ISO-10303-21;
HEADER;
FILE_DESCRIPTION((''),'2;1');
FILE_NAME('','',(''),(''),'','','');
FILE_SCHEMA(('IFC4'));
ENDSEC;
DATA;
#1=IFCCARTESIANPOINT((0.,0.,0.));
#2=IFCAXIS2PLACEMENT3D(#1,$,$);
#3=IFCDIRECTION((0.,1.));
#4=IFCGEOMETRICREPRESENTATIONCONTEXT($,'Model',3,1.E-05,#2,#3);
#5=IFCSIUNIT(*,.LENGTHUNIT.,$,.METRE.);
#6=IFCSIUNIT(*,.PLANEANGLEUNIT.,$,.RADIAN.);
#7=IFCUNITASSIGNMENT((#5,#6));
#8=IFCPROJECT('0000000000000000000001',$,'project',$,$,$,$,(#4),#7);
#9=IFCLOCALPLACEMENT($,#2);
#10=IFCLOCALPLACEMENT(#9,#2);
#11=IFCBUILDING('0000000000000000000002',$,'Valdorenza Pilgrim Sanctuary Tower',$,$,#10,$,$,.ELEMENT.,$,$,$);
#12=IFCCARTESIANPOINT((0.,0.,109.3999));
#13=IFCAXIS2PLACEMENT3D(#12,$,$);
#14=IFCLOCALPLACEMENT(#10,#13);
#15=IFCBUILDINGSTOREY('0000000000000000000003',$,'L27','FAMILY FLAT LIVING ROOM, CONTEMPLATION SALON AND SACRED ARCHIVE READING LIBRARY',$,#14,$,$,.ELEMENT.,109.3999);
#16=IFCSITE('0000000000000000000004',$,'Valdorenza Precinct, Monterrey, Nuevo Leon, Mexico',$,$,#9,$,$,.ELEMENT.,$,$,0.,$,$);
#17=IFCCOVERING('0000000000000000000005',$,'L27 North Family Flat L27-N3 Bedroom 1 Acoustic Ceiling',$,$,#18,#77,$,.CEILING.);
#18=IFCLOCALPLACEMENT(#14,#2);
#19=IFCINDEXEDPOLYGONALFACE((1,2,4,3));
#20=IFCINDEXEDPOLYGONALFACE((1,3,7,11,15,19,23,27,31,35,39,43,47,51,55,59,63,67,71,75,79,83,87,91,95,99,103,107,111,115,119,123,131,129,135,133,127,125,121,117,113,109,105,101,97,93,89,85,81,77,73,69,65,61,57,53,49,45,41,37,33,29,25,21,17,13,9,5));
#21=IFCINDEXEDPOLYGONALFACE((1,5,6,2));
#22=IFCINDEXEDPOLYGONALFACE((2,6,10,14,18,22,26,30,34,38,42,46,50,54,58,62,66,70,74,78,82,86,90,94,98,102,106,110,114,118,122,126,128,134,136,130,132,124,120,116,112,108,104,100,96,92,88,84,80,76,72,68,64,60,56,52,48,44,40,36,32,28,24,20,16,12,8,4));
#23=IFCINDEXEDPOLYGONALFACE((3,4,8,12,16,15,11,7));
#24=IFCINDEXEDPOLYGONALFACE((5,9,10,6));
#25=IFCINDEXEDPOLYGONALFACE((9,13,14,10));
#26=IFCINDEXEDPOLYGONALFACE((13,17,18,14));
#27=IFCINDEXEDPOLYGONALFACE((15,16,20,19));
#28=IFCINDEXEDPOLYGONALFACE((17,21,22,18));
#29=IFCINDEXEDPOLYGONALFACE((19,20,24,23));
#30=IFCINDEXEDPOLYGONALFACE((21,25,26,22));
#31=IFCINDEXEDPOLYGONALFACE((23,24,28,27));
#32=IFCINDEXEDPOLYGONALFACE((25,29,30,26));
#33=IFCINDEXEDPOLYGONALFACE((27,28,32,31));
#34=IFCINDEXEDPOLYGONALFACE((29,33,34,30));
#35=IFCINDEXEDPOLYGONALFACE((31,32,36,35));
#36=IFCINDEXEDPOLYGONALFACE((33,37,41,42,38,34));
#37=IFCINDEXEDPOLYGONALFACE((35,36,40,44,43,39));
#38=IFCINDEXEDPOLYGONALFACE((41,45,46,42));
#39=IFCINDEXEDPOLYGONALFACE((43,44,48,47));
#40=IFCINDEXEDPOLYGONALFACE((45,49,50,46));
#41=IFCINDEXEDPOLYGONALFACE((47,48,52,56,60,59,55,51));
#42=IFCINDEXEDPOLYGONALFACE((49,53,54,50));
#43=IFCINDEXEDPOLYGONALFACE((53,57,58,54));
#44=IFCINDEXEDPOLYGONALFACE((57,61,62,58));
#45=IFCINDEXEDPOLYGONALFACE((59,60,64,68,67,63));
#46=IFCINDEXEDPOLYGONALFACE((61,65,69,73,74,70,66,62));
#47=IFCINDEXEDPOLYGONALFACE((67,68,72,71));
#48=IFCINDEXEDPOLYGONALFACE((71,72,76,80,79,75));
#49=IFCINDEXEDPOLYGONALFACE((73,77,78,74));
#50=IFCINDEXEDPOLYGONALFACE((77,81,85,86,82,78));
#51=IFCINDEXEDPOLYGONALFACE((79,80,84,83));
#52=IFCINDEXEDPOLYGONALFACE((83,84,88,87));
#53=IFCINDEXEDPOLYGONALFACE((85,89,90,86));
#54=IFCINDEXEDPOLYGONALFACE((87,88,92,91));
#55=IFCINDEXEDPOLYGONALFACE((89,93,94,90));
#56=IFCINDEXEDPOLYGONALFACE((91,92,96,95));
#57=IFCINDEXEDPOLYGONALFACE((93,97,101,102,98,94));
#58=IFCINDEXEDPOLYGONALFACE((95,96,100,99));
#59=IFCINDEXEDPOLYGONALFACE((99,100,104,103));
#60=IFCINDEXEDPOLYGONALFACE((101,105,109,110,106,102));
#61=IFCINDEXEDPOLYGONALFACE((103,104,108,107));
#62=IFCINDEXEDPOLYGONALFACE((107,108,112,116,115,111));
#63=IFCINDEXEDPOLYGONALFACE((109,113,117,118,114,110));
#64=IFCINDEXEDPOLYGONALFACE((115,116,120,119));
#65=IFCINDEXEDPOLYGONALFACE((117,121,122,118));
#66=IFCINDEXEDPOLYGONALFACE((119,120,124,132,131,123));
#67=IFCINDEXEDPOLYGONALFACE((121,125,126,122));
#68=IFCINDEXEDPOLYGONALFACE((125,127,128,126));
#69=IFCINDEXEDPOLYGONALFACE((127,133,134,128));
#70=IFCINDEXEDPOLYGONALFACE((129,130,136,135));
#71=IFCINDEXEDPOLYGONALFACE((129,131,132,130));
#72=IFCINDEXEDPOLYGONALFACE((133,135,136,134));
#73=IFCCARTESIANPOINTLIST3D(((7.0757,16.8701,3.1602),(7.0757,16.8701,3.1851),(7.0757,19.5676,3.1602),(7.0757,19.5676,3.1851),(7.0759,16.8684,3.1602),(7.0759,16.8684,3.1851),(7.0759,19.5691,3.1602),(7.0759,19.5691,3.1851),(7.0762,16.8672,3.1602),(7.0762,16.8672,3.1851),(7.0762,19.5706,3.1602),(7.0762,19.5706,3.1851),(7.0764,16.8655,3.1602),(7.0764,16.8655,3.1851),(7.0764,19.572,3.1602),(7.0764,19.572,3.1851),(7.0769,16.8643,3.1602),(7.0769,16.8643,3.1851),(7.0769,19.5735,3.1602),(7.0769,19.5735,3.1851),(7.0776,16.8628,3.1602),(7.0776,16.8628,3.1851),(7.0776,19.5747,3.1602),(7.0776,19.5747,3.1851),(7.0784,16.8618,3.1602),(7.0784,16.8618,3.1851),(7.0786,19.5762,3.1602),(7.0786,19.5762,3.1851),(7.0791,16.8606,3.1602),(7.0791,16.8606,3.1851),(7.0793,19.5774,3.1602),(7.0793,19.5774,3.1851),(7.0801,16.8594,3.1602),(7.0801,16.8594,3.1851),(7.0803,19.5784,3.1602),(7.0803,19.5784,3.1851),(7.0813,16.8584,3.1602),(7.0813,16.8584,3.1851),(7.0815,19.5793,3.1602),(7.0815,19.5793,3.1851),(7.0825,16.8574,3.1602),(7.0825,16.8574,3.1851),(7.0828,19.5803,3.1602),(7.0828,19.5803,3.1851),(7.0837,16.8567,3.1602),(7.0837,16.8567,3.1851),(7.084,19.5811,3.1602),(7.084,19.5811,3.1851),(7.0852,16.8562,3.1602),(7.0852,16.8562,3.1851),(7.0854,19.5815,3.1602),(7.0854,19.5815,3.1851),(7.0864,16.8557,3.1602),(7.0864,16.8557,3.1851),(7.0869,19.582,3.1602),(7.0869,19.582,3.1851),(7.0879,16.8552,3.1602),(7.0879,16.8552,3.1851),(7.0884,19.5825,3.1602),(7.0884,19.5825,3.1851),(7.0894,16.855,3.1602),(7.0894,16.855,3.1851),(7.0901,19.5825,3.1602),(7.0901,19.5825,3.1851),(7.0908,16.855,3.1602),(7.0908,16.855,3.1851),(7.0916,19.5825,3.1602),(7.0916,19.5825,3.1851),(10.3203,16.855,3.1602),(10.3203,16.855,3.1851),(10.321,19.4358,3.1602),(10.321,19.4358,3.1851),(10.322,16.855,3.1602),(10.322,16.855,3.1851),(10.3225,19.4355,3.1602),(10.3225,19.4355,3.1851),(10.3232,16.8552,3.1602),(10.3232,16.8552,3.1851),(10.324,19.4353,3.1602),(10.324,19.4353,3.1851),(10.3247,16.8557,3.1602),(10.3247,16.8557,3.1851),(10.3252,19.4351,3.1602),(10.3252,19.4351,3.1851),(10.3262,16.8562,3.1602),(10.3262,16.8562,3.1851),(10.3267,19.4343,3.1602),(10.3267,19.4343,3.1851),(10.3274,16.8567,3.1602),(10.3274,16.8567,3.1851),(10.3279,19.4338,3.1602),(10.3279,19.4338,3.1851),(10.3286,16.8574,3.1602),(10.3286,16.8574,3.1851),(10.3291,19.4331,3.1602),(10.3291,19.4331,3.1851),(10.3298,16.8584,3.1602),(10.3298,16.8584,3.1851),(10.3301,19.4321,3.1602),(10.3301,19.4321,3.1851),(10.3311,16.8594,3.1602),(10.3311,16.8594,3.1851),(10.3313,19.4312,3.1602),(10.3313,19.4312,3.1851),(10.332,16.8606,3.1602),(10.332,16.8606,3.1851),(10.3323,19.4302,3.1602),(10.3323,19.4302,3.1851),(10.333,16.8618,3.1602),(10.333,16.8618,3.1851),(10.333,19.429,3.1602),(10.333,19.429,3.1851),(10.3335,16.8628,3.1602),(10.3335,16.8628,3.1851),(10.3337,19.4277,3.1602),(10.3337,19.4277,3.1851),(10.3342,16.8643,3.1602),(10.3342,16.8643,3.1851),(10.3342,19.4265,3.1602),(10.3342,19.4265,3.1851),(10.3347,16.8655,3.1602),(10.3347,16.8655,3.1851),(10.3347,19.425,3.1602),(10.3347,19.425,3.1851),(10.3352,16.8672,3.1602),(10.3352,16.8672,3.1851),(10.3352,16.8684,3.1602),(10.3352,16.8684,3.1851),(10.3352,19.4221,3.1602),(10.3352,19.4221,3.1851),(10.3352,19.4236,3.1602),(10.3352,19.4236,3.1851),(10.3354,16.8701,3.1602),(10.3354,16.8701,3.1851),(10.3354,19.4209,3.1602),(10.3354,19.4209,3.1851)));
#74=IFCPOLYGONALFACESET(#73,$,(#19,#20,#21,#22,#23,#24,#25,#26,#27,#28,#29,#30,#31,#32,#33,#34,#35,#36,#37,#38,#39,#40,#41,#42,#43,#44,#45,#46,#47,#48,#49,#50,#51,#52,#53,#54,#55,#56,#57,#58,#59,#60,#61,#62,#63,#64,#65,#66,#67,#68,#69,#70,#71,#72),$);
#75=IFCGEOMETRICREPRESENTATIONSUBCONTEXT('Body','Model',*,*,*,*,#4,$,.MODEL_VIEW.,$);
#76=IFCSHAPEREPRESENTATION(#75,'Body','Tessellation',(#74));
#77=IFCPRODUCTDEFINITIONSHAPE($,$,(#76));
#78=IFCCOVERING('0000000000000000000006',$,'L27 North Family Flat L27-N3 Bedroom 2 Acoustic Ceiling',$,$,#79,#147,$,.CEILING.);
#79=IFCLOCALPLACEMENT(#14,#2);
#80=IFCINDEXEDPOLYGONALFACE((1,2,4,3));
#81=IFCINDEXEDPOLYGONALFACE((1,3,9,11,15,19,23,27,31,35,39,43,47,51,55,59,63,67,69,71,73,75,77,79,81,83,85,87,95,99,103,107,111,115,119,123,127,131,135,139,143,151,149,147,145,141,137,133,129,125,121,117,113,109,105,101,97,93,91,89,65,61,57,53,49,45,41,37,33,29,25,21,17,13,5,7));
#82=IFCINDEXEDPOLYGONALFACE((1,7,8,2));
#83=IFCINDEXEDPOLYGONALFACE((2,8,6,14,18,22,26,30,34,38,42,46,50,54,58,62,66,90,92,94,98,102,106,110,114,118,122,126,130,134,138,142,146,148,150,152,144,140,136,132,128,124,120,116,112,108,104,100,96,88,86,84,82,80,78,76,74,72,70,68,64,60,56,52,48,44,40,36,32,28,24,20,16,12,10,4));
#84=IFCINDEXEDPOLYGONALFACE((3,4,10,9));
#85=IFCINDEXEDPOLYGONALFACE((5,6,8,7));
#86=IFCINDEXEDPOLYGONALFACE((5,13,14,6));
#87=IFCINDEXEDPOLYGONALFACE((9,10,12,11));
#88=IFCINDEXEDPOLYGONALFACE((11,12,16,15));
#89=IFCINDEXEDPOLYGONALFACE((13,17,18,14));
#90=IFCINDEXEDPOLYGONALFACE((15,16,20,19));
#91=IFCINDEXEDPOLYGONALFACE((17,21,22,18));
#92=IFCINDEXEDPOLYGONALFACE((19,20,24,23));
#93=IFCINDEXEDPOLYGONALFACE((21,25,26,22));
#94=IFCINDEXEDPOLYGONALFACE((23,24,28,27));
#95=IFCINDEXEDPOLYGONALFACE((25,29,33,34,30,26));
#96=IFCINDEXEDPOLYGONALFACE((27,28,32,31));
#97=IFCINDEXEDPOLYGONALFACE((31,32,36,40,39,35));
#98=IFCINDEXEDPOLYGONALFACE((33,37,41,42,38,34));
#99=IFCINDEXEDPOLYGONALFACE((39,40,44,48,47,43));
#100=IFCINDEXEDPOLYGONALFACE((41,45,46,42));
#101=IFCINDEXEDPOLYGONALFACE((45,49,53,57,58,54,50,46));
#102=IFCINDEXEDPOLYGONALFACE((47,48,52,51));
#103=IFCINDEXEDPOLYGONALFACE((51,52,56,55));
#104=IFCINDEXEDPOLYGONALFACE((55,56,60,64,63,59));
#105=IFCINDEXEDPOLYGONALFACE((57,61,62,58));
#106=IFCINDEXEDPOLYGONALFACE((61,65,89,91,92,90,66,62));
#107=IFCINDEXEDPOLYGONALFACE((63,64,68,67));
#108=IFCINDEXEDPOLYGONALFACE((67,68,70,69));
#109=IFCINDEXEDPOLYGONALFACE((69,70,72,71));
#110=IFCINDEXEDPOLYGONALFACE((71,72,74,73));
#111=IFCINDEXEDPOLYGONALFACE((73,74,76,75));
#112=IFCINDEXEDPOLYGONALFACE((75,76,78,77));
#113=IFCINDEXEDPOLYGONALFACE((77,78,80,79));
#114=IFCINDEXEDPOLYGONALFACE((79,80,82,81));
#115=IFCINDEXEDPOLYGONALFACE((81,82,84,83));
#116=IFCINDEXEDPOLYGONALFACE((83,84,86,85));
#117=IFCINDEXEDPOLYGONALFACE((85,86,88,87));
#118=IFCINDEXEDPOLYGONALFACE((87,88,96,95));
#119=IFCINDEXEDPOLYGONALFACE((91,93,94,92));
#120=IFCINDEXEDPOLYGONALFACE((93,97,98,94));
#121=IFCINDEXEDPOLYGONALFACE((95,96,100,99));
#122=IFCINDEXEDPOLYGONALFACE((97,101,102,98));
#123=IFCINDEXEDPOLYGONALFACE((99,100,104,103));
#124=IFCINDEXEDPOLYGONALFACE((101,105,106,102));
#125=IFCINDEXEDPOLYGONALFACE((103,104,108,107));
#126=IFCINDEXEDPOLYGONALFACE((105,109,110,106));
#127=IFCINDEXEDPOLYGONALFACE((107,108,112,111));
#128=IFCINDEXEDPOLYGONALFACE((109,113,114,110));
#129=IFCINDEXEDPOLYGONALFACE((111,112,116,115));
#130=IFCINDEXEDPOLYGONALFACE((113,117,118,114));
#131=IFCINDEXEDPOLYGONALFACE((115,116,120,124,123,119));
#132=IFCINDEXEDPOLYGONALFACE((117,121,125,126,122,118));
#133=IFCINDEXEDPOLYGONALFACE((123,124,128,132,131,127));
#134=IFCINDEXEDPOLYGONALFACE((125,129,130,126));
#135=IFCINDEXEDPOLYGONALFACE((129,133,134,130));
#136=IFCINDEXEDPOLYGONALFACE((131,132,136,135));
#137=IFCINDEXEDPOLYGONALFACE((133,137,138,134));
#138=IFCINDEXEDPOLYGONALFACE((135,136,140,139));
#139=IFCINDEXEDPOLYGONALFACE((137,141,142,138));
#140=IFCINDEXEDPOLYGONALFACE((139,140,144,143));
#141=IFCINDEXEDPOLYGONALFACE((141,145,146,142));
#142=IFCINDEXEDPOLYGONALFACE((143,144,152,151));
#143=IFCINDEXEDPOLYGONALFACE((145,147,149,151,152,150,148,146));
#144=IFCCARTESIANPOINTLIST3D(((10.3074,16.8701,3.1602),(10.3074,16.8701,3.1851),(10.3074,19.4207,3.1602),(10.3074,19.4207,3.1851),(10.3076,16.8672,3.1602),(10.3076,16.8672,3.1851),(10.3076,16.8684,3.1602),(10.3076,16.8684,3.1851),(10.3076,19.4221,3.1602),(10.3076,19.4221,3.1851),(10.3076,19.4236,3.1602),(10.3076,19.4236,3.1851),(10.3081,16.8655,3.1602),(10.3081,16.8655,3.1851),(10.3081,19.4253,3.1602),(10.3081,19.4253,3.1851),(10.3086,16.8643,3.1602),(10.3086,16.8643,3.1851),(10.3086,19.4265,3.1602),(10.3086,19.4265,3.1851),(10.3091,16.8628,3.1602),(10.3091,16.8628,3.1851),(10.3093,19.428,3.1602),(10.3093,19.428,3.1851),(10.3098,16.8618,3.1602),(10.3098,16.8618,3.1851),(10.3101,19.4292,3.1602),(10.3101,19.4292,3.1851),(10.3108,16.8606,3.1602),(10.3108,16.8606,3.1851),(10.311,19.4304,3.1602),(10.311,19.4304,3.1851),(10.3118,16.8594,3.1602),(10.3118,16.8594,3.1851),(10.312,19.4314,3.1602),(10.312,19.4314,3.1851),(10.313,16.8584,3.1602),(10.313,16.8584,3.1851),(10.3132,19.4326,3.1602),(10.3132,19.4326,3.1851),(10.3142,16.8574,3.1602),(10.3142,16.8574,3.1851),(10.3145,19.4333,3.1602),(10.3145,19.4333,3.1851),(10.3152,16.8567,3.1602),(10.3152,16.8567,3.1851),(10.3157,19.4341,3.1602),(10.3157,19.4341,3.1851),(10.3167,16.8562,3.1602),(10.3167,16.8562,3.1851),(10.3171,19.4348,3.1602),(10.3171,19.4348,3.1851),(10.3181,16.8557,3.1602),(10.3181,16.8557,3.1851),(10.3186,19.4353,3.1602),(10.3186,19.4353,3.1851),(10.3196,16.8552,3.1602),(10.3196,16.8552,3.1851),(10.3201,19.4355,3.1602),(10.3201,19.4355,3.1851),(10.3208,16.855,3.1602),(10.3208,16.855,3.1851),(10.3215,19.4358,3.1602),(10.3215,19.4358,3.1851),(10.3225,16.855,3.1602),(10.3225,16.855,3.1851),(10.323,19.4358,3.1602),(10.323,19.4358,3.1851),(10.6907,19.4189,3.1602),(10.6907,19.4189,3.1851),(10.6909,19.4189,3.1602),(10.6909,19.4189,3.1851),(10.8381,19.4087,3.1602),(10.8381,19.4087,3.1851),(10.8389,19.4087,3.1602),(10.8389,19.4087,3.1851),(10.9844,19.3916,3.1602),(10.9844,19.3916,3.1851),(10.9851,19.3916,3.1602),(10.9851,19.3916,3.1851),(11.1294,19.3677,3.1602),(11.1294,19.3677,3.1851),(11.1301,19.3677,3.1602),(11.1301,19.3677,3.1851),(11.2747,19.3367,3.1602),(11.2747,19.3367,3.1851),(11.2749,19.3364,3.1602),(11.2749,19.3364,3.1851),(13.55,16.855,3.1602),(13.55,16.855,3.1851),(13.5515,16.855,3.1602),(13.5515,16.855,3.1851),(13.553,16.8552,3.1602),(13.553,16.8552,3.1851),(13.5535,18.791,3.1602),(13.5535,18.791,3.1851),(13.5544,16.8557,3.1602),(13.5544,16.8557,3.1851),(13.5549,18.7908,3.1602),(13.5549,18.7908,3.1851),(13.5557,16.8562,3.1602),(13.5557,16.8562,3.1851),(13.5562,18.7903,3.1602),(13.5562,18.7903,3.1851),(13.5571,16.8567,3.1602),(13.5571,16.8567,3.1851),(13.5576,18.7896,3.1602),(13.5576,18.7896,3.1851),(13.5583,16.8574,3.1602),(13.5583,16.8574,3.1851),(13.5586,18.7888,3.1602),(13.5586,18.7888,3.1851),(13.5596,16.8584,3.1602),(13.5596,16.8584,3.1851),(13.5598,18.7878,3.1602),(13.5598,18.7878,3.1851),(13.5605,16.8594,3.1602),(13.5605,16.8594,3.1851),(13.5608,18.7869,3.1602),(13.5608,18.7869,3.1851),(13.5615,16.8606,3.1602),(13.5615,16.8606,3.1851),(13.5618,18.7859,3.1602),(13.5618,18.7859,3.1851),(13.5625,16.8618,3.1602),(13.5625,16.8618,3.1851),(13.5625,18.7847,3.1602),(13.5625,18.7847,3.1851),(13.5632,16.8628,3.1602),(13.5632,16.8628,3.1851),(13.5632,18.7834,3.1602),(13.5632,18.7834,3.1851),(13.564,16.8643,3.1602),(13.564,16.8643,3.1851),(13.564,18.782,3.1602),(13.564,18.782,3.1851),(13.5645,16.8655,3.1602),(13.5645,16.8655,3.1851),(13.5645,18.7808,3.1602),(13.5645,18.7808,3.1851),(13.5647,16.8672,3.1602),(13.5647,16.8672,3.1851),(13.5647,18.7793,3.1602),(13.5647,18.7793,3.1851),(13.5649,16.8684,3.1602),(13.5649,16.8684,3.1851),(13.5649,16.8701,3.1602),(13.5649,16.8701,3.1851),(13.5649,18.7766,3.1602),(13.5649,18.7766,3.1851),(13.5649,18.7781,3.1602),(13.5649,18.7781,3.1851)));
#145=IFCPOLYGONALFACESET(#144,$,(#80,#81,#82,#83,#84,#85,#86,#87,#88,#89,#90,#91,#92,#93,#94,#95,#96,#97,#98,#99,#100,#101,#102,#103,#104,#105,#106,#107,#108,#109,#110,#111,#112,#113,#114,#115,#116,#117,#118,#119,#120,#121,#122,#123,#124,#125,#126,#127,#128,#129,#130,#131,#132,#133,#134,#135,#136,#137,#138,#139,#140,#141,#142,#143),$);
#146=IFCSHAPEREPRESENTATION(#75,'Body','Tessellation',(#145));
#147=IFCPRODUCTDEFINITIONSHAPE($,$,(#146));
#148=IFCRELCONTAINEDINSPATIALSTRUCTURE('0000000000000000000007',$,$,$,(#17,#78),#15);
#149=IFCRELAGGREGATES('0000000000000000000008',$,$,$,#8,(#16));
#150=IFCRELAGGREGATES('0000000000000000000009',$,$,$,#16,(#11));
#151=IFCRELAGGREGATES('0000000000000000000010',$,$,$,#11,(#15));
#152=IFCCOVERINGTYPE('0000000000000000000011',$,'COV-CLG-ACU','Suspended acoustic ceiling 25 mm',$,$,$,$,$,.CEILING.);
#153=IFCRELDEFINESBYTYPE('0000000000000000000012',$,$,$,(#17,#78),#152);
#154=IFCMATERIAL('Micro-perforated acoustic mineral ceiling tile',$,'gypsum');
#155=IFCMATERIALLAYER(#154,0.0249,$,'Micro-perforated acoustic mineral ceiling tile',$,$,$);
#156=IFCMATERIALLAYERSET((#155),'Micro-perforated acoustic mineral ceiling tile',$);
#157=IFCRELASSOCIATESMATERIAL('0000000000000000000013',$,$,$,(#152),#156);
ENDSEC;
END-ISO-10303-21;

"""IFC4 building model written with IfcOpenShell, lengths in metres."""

from ifc_helpers import new_model, si_unit, direction, frame, origin, place, context, subcontext, project, spatial, polyline, outline, extrude, material, layer, layer_set, type_object, element, save


model = new_model("IFC4")

# Units and contexts
model_context = context("Model", 3, precision=1e-05, world=origin(), true_north=direction((0.0, 1.0)))
body_context = subcontext(model_context, "Body", "Model", "MODEL_VIEW")
ifc_project = project(units=[si_unit("LENGTHUNIT", "METRE"), si_unit("PLANEANGLEUNIT", "RADIAN")], contexts=[model_context])

# Site, building, storey
site_placement = place(None, origin())
site = spatial("IfcSite", under=ifc_project, at=site_placement, Name="Valdorenza Precinct, Monterrey, Nuevo Leon, Mexico", CompositionType="ELEMENT", RefElevation=0.0)
building_placement = place(site_placement, origin())
building = spatial("IfcBuilding", under=site, at=building_placement, Name="Valdorenza Pilgrim Sanctuary Tower", CompositionType="ELEMENT")
storey_placement = place(building_placement, frame((0.0, 0.0, 109.3999)))
storey = spatial("IfcBuildingStorey", under=building, at=storey_placement, Name="L27", Description="FAMILY FLAT LIVING ROOM, CONTEMPLATION SALON AND SACRED ARCHIVE READING LIBRARY", CompositionType="ELEMENT", Elevation=109.3999)

# Coverings
ifc_material_1 = material(Name="Micro-perforated acoustic mineral ceiling tile", Category="gypsum")
ifc_layer_1 = layer(ifc_material_1, 0.0249, Name="Micro-perforated acoustic mineral ceiling tile")
ifc_layer_set_1 = layer_set([ifc_layer_1], Name="Micro-perforated acoustic mineral ceiling tile")
covering_type_1 = type_object("IfcCoveringType", Name="COV-CLG-ACU", Description="Suspended acoustic ceiling 25 mm", PredefinedType="CEILING", material=ifc_layer_set_1)
covering_1_placement = place(storey_placement, frame((0.0, 0.0, 3.1602)))
element("IfcCovering", 1, at=covering_1_placement, inside=storey, type_object=covering_type_1, Name="L27 North Family Flat L27-N3 Bedroom 1 Acoustic Ceiling", PredefinedType="CEILING", context=body_context, shape_type="SweptSolid", body=[
    extrude(outline(polyline([(7.0908, 16.855), (7.0894, 16.855), (7.0879, 16.8552), (7.0864, 16.8557), (7.0852, 16.8562), (7.0837, 16.8567), (7.0825, 16.8574), (7.0813, 16.8584), (7.0801, 16.8594), (7.0791, 16.8606), (7.0784, 16.8618), (7.0776, 16.8628), (7.0769, 16.8643), (7.0764, 16.8655), (7.0762, 16.8672), (7.0759, 16.8684), (7.0757, 16.8701), (7.0757, 19.5676), (7.0759, 19.5691), (7.0762, 19.5706), (7.0764, 19.572), (7.0769, 19.5735), (7.0776, 19.5747), (7.0786, 19.5762), (7.0793, 19.5774), (7.0803, 19.5784), (7.0815, 19.5793), (7.0828, 19.5803), (7.084, 19.5811), (7.0854, 19.5815), (7.0869, 19.582), (7.0884, 19.5825), (7.0901, 19.5825), (7.0916, 19.5825), (10.321, 19.4358), (10.3225, 19.4355), (10.324, 19.4353), (10.3252, 19.4351), (10.3267, 19.4343), (10.3279, 19.4338), (10.3291, 19.4331), (10.3301, 19.4321), (10.3313, 19.4312), (10.3323, 19.4302), (10.333, 19.429), (10.3337, 19.4277), (10.3342, 19.4265), (10.3347, 19.425), (10.3352, 19.4236), (10.3352, 19.4221), (10.3354, 19.4209), (10.3354, 16.8701), (10.3352, 16.8684), (10.3352, 16.8672), (10.3347, 16.8655), (10.3342, 16.8643), (10.3335, 16.8628), (10.333, 16.8618), (10.332, 16.8606), (10.3311, 16.8594), (10.3298, 16.8584), (10.3286, 16.8574), (10.3274, 16.8567), (10.3262, 16.8562), (10.3247, 16.8557), (10.3232, 16.8552), (10.322, 16.855), (10.3203, 16.855), (7.0908, 16.855)])), origin(), (0.0, 0.0, 1.0), 0.0249),
])
covering_2_placement = place(storey_placement, frame((0.0, 0.0, 3.1602)))
element("IfcCovering", 2, at=covering_2_placement, inside=storey, type_object=covering_type_1, Name="L27 North Family Flat L27-N3 Bedroom 2 Acoustic Ceiling", PredefinedType="CEILING", context=body_context, shape_type="SweptSolid", body=[
    extrude(outline(polyline([(10.3225, 16.855), (10.3208, 16.855), (10.3196, 16.8552), (10.3181, 16.8557), (10.3167, 16.8562), (10.3152, 16.8567), (10.3142, 16.8574), (10.313, 16.8584), (10.3118, 16.8594), (10.3108, 16.8606), (10.3098, 16.8618), (10.3091, 16.8628), (10.3086, 16.8643), (10.3081, 16.8655), (10.3076, 16.8672), (10.3076, 16.8684), (10.3074, 16.8701), (10.3074, 19.4207), (10.3076, 19.4221), (10.3076, 19.4236), (10.3081, 19.4253), (10.3086, 19.4265), (10.3093, 19.428), (10.3101, 19.4292), (10.311, 19.4304), (10.312, 19.4314), (10.3132, 19.4326), (10.3145, 19.4333), (10.3157, 19.4341), (10.3171, 19.4348), (10.3186, 19.4353), (10.3201, 19.4355), (10.3215, 19.4358), (10.323, 19.4358), (10.6907, 19.4189), (10.6909, 19.4189), (10.8381, 19.4087), (10.8389, 19.4087), (10.9844, 19.3916), (10.9851, 19.3916), (11.1294, 19.3677), (11.1301, 19.3677), (11.2747, 19.3367), (11.2749, 19.3364), (13.5535, 18.791), (13.5549, 18.7908), (13.5562, 18.7903), (13.5576, 18.7896), (13.5586, 18.7888), (13.5598, 18.7878), (13.5608, 18.7869), (13.5618, 18.7859), (13.5625, 18.7847), (13.5632, 18.7834), (13.564, 18.782), (13.5645, 18.7808), (13.5647, 18.7793), (13.5649, 18.7781), (13.5649, 18.7766), (13.5649, 16.8701), (13.5649, 16.8684), (13.5647, 16.8672), (13.5645, 16.8655), (13.564, 16.8643), (13.5632, 16.8628), (13.5625, 16.8618), (13.5615, 16.8606), (13.5605, 16.8594), (13.5596, 16.8584), (13.5583, 16.8574), (13.5571, 16.8567), (13.5557, 16.8562), (13.5544, 16.8557), (13.553, 16.8552), (13.5515, 16.855), (13.55, 16.855), (10.3225, 16.855)])), origin(), (0.0, 0.0, 1.0), 0.0249),
])

save(model, "model.ifc")
